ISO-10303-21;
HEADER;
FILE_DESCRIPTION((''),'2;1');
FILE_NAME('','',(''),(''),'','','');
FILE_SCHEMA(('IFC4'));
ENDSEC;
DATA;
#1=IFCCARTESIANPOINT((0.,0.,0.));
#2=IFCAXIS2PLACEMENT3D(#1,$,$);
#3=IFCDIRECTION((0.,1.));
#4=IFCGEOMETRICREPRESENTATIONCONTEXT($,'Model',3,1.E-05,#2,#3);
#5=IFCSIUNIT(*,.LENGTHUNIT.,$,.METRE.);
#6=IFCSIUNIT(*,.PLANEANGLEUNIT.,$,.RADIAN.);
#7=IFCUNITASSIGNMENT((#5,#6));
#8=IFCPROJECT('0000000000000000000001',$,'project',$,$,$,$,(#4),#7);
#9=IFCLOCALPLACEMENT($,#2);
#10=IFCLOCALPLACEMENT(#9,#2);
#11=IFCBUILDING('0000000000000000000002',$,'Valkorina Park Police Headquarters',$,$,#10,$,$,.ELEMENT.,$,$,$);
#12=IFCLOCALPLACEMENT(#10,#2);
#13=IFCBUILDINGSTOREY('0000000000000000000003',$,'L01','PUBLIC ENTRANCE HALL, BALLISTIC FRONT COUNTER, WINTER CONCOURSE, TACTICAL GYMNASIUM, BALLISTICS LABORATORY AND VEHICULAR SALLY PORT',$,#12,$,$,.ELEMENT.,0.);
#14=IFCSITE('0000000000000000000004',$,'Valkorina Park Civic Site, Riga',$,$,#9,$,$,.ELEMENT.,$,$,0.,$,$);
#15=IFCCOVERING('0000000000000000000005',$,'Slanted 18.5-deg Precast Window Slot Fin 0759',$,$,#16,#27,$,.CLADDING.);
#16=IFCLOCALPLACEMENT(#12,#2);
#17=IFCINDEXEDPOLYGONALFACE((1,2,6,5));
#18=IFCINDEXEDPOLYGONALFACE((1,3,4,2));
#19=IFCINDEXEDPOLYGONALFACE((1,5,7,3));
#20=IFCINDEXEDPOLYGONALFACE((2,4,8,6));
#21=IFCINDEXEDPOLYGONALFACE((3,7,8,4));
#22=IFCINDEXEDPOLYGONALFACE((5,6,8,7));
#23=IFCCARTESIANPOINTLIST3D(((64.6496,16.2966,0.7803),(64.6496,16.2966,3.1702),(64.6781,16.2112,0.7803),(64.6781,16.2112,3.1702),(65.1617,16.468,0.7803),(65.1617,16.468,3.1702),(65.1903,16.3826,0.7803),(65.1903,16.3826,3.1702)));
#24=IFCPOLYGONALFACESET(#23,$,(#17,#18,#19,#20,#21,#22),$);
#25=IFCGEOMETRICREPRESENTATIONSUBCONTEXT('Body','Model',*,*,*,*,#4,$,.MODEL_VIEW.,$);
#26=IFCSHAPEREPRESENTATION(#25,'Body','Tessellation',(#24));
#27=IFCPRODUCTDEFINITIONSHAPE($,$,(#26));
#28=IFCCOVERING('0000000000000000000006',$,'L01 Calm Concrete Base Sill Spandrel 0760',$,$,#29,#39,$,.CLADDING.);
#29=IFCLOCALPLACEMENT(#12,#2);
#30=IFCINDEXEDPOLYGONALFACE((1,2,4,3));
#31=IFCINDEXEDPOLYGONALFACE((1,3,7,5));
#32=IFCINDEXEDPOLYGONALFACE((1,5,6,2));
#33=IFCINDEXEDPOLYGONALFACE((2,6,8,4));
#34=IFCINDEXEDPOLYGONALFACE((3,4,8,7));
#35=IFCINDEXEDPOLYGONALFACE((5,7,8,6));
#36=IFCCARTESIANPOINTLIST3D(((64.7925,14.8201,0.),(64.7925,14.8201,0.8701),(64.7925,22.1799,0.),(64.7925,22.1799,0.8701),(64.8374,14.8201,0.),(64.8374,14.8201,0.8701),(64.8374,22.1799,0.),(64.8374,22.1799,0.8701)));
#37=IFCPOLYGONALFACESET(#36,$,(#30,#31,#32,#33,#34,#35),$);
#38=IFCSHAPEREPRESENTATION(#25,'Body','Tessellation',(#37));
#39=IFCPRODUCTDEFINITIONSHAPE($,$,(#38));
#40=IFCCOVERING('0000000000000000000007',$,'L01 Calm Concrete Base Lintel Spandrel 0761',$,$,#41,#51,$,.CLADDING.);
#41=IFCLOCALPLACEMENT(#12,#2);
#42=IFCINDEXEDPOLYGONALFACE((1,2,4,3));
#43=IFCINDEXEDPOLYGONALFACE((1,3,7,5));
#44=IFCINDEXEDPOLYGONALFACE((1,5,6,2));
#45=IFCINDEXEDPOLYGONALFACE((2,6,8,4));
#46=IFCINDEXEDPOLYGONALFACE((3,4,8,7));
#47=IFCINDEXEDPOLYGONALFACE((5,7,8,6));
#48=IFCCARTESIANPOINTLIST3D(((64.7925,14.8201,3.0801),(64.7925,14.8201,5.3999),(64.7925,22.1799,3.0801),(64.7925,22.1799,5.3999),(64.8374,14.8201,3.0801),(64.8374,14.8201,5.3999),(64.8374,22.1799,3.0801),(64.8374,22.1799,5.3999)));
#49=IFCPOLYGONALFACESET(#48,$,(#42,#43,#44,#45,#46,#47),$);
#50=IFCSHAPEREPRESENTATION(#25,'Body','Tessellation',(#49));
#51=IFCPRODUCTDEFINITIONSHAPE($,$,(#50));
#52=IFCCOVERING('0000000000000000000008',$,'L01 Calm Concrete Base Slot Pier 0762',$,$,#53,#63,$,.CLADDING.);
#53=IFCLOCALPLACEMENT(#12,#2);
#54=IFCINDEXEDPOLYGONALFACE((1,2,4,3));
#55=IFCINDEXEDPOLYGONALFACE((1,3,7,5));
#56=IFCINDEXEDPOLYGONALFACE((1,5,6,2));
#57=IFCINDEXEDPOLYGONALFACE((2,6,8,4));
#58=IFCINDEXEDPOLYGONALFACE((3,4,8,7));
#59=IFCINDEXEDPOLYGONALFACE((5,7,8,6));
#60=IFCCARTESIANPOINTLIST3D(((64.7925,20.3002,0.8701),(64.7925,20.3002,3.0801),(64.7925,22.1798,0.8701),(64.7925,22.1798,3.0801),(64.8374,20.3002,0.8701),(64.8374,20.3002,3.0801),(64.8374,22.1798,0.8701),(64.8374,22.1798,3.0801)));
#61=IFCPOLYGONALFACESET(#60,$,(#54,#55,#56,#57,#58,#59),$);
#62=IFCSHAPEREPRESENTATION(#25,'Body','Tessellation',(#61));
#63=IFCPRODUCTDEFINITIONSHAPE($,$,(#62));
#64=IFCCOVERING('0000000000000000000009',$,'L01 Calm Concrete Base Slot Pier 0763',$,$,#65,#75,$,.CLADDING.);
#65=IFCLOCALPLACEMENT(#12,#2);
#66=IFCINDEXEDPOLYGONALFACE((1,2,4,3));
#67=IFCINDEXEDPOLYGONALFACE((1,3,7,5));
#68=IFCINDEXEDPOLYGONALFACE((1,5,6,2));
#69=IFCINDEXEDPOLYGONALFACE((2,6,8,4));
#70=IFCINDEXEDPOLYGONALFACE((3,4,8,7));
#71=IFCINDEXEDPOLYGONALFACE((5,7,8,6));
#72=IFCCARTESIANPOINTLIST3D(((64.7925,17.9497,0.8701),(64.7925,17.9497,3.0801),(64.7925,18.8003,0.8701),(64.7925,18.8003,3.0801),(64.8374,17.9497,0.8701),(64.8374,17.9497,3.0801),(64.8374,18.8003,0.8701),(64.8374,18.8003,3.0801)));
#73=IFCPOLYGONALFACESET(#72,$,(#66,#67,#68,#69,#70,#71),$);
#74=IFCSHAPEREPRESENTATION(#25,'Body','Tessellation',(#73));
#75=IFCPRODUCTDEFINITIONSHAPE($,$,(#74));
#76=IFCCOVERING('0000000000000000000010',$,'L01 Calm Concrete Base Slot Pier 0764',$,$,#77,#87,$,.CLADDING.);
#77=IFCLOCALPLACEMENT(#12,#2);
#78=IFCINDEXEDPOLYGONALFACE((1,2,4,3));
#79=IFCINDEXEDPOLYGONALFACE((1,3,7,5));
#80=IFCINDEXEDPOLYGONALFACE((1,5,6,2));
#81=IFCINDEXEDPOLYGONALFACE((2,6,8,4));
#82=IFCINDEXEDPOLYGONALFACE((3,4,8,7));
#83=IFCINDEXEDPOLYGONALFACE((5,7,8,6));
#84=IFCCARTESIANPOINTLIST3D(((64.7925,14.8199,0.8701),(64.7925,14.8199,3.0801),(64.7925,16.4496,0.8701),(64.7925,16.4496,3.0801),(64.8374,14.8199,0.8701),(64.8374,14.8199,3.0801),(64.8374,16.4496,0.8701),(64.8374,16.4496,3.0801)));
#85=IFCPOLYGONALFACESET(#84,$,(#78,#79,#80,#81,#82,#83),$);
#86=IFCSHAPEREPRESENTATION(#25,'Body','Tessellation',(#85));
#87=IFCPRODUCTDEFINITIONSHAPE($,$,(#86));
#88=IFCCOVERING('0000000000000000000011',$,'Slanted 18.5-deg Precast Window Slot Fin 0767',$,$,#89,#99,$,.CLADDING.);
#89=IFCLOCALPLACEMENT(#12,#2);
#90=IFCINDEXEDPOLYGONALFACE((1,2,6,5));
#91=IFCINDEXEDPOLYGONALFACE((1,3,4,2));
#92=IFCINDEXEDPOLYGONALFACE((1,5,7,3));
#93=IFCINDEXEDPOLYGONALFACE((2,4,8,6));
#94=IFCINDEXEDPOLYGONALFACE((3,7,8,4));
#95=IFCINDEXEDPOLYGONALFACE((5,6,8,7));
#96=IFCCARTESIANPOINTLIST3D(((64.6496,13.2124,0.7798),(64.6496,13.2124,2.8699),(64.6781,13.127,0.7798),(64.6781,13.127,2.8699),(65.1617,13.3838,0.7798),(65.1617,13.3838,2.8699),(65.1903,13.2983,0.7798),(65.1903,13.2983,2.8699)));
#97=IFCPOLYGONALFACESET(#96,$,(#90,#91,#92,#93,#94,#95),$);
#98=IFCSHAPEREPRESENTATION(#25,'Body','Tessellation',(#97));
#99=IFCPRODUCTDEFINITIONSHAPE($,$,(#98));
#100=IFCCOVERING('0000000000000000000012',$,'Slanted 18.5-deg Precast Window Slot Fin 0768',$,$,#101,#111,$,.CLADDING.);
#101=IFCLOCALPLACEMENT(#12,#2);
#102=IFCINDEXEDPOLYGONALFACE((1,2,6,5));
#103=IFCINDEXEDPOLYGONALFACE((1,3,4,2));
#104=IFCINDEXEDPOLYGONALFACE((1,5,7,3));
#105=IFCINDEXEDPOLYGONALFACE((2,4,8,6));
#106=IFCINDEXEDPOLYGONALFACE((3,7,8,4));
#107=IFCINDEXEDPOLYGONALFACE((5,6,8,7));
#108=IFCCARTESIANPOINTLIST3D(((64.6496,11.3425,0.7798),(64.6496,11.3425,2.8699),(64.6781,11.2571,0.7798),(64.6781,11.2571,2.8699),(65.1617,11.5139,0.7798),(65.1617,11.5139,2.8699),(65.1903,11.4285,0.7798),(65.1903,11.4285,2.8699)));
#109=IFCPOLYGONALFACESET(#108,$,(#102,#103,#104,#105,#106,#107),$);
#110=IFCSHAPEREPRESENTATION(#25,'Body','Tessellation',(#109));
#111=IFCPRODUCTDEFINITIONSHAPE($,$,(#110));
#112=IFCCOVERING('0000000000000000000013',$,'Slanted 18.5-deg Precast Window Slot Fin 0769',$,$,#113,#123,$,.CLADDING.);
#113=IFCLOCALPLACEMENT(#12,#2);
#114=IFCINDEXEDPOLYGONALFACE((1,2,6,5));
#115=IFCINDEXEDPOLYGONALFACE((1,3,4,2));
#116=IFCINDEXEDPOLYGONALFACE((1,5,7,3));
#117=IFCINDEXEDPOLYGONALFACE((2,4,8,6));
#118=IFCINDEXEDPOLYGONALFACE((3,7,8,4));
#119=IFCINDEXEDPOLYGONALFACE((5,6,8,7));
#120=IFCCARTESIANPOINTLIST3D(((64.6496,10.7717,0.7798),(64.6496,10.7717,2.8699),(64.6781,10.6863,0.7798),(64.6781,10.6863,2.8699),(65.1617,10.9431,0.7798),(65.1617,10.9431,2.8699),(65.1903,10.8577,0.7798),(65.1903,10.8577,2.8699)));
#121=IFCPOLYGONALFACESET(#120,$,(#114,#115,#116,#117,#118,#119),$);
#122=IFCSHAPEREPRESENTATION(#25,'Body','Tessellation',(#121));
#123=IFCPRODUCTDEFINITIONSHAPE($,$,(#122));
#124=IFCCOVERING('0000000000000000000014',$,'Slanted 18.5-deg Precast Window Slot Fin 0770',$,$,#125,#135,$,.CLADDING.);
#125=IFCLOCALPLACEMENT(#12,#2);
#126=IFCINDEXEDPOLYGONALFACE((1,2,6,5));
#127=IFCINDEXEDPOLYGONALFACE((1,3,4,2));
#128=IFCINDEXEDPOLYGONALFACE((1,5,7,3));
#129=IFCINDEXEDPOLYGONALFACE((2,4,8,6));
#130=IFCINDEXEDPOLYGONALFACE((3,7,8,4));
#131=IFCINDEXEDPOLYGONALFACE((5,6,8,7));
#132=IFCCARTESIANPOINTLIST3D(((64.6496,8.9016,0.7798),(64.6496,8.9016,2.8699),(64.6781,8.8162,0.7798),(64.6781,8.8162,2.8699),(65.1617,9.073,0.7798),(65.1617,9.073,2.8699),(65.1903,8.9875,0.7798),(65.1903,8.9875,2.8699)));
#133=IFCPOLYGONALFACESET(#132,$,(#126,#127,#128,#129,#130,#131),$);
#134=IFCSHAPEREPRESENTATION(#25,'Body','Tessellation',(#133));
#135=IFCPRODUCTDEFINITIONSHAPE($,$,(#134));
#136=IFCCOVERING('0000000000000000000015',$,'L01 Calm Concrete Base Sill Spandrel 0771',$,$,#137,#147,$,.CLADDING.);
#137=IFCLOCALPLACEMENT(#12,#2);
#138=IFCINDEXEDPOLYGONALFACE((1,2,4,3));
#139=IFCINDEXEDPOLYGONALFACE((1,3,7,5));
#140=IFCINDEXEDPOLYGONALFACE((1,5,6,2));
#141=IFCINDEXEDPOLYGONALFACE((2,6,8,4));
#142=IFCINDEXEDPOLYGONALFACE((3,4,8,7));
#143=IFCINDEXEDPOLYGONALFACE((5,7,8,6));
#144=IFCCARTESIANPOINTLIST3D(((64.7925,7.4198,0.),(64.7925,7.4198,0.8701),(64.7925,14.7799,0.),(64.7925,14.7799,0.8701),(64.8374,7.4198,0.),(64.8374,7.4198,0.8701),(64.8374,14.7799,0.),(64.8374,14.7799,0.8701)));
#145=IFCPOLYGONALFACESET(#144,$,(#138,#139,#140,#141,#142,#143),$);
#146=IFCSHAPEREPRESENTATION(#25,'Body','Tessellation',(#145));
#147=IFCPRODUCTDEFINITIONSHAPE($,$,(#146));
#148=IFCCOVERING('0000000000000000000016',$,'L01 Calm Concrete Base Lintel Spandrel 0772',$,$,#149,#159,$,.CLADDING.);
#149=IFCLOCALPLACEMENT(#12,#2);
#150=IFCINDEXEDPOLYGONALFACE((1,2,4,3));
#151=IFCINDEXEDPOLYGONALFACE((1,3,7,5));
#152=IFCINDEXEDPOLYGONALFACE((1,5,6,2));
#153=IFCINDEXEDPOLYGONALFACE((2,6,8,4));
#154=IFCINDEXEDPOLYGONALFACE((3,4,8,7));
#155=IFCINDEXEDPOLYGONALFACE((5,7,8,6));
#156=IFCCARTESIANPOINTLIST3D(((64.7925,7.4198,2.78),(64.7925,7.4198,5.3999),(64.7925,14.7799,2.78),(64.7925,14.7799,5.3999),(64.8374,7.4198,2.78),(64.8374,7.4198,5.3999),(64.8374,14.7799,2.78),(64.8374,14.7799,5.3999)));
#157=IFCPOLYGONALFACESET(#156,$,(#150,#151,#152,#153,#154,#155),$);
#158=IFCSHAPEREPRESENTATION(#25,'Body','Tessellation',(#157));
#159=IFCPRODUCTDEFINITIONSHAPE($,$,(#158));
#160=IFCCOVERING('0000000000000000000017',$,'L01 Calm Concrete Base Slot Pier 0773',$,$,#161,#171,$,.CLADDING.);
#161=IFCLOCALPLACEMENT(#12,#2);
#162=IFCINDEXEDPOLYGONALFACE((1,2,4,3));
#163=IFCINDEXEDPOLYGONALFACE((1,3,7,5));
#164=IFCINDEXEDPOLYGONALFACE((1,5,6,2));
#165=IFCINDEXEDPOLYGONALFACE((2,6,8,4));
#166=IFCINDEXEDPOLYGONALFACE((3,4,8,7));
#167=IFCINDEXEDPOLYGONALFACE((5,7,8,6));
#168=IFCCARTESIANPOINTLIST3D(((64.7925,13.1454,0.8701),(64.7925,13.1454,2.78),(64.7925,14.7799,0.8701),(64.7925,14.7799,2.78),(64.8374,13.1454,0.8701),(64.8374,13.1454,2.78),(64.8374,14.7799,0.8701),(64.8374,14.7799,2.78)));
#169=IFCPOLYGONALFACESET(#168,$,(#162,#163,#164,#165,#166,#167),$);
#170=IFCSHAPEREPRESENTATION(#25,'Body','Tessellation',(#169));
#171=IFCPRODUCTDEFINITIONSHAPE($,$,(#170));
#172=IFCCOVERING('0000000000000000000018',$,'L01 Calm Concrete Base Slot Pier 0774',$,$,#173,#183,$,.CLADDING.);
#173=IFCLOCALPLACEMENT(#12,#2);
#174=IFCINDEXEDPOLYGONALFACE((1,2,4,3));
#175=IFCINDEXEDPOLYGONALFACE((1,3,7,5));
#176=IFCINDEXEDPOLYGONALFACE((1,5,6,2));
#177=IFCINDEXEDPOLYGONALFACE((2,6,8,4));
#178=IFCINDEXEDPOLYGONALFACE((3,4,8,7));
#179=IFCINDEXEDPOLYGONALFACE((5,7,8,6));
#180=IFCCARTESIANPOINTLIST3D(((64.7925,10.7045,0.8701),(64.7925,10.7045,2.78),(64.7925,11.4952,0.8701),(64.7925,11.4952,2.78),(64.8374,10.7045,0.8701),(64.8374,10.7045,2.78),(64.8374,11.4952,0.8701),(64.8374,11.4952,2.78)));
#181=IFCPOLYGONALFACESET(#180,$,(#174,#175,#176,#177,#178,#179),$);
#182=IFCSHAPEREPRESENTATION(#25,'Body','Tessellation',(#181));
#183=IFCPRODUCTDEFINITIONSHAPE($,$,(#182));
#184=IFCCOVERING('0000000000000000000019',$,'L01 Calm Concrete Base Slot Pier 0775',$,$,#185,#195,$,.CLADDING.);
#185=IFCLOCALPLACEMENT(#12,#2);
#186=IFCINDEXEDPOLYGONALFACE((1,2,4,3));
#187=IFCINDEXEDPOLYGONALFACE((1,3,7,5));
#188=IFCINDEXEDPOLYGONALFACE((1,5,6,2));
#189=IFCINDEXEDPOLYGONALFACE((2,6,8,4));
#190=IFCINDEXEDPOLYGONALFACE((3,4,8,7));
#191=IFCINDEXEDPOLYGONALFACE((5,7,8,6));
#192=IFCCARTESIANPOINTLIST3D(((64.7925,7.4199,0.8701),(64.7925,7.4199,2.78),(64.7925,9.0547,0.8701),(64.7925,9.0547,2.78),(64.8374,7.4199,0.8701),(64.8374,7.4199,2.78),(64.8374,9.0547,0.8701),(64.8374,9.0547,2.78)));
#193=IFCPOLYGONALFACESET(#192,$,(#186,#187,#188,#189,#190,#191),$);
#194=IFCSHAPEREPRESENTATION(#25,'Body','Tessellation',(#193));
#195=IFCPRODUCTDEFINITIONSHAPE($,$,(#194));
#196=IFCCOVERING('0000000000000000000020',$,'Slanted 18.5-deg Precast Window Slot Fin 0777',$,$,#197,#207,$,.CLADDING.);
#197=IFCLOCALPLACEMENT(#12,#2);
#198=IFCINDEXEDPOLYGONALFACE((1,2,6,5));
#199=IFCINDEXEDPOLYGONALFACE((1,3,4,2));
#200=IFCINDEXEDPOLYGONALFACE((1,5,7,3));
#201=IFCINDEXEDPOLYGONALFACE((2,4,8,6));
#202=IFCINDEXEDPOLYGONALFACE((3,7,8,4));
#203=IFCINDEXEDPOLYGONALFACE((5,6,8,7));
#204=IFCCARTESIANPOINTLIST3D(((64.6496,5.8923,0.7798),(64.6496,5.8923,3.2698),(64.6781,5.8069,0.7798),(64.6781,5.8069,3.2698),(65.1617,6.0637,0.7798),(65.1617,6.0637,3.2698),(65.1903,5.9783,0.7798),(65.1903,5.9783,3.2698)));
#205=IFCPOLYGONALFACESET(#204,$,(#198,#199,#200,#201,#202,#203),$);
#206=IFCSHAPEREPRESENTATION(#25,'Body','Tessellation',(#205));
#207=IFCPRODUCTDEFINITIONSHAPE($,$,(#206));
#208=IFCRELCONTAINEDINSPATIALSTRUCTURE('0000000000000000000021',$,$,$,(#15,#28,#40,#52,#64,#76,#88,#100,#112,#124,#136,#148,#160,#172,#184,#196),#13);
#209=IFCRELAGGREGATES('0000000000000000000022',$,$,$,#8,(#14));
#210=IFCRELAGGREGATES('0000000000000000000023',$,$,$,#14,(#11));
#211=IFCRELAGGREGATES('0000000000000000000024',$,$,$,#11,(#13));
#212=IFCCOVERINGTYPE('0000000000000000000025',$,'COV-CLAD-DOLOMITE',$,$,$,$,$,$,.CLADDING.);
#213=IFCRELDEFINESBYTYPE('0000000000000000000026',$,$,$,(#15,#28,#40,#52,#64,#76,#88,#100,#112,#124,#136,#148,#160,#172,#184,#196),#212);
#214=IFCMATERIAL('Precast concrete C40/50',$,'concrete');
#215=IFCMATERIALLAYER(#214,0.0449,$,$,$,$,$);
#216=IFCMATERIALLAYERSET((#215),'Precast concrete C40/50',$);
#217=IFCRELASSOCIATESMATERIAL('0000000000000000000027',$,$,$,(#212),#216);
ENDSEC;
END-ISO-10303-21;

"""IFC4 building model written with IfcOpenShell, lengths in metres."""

from ifc_helpers import new_model, si_unit, direction, frame, frame_2d, origin, origin_2d, place, context, subcontext, project, spatial, rectangle, extrude, material, layer, layer_set, type_object, element, save


model = new_model("IFC4")

# Units and contexts
model_context = context("Model", 3, precision=1e-05, world=origin(), true_north=direction((0.0, 1.0)))
body_context = subcontext(model_context, "Body", "Model", "MODEL_VIEW")
ifc_project = project(units=[si_unit("LENGTHUNIT", "METRE"), si_unit("PLANEANGLEUNIT", "RADIAN")], contexts=[model_context])

# Site, building, storey
site_placement = place(None, origin())
site = spatial("IfcSite", under=ifc_project, at=site_placement, Name="Valkorina Park Civic Site, Riga", CompositionType="ELEMENT", RefElevation=0.0)
building_placement = place(site_placement, origin())
building = spatial("IfcBuilding", under=site, at=building_placement, Name="Valkorina Park Police Headquarters", CompositionType="ELEMENT")
storey_placement = place(building_placement, origin())
storey = spatial("IfcBuildingStorey", under=building, at=storey_placement, Name="L01", Description="PUBLIC ENTRANCE HALL, BALLISTIC FRONT COUNTER, WINTER CONCOURSE, TACTICAL GYMNASIUM, BALLISTICS LABORATORY AND VEHICULAR SALLY PORT", CompositionType="ELEMENT", Elevation=0.0)

# Coverings
ifc_material_1 = material(Name="Precast concrete C40/50", Category="concrete")
ifc_layer_1 = layer(ifc_material_1, 0.0449)
ifc_layer_set_1 = layer_set([ifc_layer_1], Name="Precast concrete C40/50")
covering_type = type_object("IfcCoveringType", Name="COV-CLAD-DOLOMITE", PredefinedType="CLADDING", material=ifc_layer_set_1)
for number, where, z_axis, x_axis, name in (
    (1, (64.9199, 16.3396, 0.7803), (0.0, 0.0, 1.0), (0.948324, 0.317305, 0.0), "Slanted 18.5-deg Precast Window Slot Fin 0759"),
):
    element("IfcCovering", number, at=place(storey_placement, frame(where, z_axis=z_axis, x_axis=x_axis)), inside=storey, type_object=covering_type, Name=name, PredefinedType="CLADDING", context=body_context, shape_type="SweptSolid", body=[
        extrude(rectangle(XDim=0.54, YDim=0.0901, at=origin_2d()), origin(), (0.0, 0.0, 1.0), 2.3899),
    ])
covering_1_placement = place(storey_placement, frame((64.8149, 22.1799, 0.0), z_axis=(0.0, 0.0, 1.0), x_axis=(0.0, -1.0, 0.0)))
element("IfcCovering", 2, at=covering_1_placement, inside=storey, type_object=covering_type, Name="L01 Calm Concrete Base Sill Spandrel 0760", PredefinedType="CLADDING", context=body_context, shape_type="SweptSolid", body=[
    extrude(rectangle(XDim=7.3599, YDim=0.0449, at=frame_2d((3.6799, 0.0))), origin(), (0.0, 0.0, 1.0), 0.8701),
])
covering_2_placement = place(storey_placement, frame((64.8149, 22.1799, 3.0801), z_axis=(0.0, 0.0, 1.0), x_axis=(0.0, -1.0, 0.0)))
element("IfcCovering", 3, at=covering_2_placement, inside=storey, type_object=covering_type, Name="L01 Calm Concrete Base Lintel Spandrel 0761", PredefinedType="CLADDING", context=body_context, shape_type="SweptSolid", body=[
    extrude(rectangle(XDim=7.3599, YDim=0.0449, at=frame_2d((3.6799, 0.0))), origin(), (0.0, 0.0, 1.0), 2.3198),
])
covering_3_placement = place(storey_placement, frame((64.8149, 22.1799, 0.8701), z_axis=(0.0, 0.0, 1.0), x_axis=(0.0, -1.0, 0.0)))
element("IfcCovering", 4, at=covering_3_placement, inside=storey, type_object=covering_type, Name="L01 Calm Concrete Base Slot Pier 0762", PredefinedType="CLADDING", context=body_context, shape_type="SweptSolid", body=[
    extrude(rectangle(XDim=1.8796, YDim=0.0449, at=frame_2d((0.9399, 0.0))), origin(), (0.0, 0.0, 1.0), 2.21),
])
covering_4_placement = place(storey_placement, frame((64.8149, 18.8003, 0.8701), z_axis=(0.0, 0.0, 1.0), x_axis=(0.0, -1.0, 0.0)))
element("IfcCovering", 5, at=covering_4_placement, inside=storey, type_object=covering_type, Name="L01 Calm Concrete Base Slot Pier 0763", PredefinedType="CLADDING", context=body_context, shape_type="SweptSolid", body=[
    extrude(rectangle(XDim=0.8506, YDim=0.0449, at=frame_2d((0.4253, 0.0))), origin(), (0.0, 0.0, 1.0), 2.21),
])
covering_5_placement = place(storey_placement, frame((64.8149, 16.4497, 0.8701), z_axis=(0.0, 0.0, 1.0), x_axis=(0.0, -1.0, 0.0)))
element("IfcCovering", 6, at=covering_5_placement, inside=storey, type_object=covering_type, Name="L01 Calm Concrete Base Slot Pier 0764", PredefinedType="CLADDING", context=body_context, shape_type="SweptSolid", body=[
    extrude(rectangle(XDim=1.6296, YDim=0.0449, at=frame_2d((0.8149, 0.0))), origin(), (0.0, 0.0, 1.0), 2.21),
])
for number, where, z_axis, x_axis, name in (
    (7, (64.9199, 13.2554, 0.7798), (0.0, 0.0, 1.0), (0.948324, 0.317305, 0.0), "Slanted 18.5-deg Precast Window Slot Fin 0767"),
    (8, (64.9199, 11.3855, 0.7798), (0.0, 0.0, 1.0), (0.948324, 0.317305, 0.0), "Slanted 18.5-deg Precast Window Slot Fin 0768"),
    (9, (64.9199, 10.8147, 0.7798), (0.0, 0.0, 1.0), (0.948324, 0.317305, 0.0), "Slanted 18.5-deg Precast Window Slot Fin 0769"),
    (10, (64.9199, 8.9446, 0.7798), (0.0, 0.0, 1.0), (0.948324, 0.317305, 0.0), "Slanted 18.5-deg Precast Window Slot Fin 0770"),
):
    element("IfcCovering", number, at=place(storey_placement, frame(where, z_axis=z_axis, x_axis=x_axis)), inside=storey, type_object=covering_type, Name=name, PredefinedType="CLADDING", context=body_context, shape_type="SweptSolid", body=[
        extrude(rectangle(XDim=0.54, YDim=0.0901, at=origin_2d()), origin(), (0.0, 0.0, 1.0), 2.0901),
    ])
covering_6_placement = place(storey_placement, frame((64.8149, 14.78, 0.0), z_axis=(0.0, 0.0, 1.0), x_axis=(0.0, -1.0, 0.0)))
element("IfcCovering", 11, at=covering_6_placement, inside=storey, type_object=covering_type, Name="L01 Calm Concrete Base Sill Spandrel 0771", PredefinedType="CLADDING", context=body_context, shape_type="SweptSolid", body=[
    extrude(rectangle(XDim=7.3601, YDim=0.0449, at=frame_2d((3.6802, 0.0))), origin(), (0.0, 0.0, 1.0), 0.8701),
])
covering_7_placement = place(storey_placement, frame((64.8149, 14.78, 2.78), z_axis=(0.0, 0.0, 1.0), x_axis=(0.0, -1.0, 0.0)))
element("IfcCovering", 12, at=covering_7_placement, inside=storey, type_object=covering_type, Name="L01 Calm Concrete Base Lintel Spandrel 0772", PredefinedType="CLADDING", context=body_context, shape_type="SweptSolid", body=[
    extrude(rectangle(XDim=7.3601, YDim=0.0449, at=frame_2d((3.6802, 0.0))), origin(), (0.0, 0.0, 1.0), 2.6199),
])
covering_8_placement = place(storey_placement, frame((64.8149, 14.78, 0.8701), z_axis=(0.0, 0.0, 1.0), x_axis=(0.0, -1.0, 0.0)))
element("IfcCovering", 13, at=covering_8_placement, inside=storey, type_object=covering_type, Name="L01 Calm Concrete Base Slot Pier 0773", PredefinedType="CLADDING", context=body_context, shape_type="SweptSolid", body=[
    extrude(rectangle(XDim=1.6345, YDim=0.0449, at=frame_2d((0.8174, 0.0))), origin(), (0.0, 0.0, 1.0), 1.9099),
])
covering_9_placement = place(storey_placement, frame((64.8149, 11.4954, 0.8701), z_axis=(0.0, 0.0, 1.0), x_axis=(0.0, -1.0, 0.0)))
element("IfcCovering", 14, at=covering_9_placement, inside=storey, type_object=covering_type, Name="L01 Calm Concrete Base Slot Pier 0774", PredefinedType="CLADDING", context=body_context, shape_type="SweptSolid", body=[
    extrude(rectangle(XDim=0.7908, YDim=0.0449, at=frame_2d((0.3955, 0.0))), origin(), (0.0, 0.0, 1.0), 1.9099),
])
covering_10_placement = place(storey_placement, frame((64.8149, 9.0547, 0.8701), z_axis=(0.0, 0.0, 1.0), x_axis=(0.0, -1.0, 0.0)))
element("IfcCovering", 15, at=covering_10_placement, inside=storey, type_object=covering_type, Name="L01 Calm Concrete Base Slot Pier 0775", PredefinedType="CLADDING", context=body_context, shape_type="SweptSolid", body=[
    extrude(rectangle(XDim=1.6348, YDim=0.0449, at=frame_2d((0.8174, 0.0))), origin(), (0.0, 0.0, 1.0), 1.9099),
])
for number, where, z_axis, x_axis, name in (
    (16, (64.9199, 5.9353, 0.7798), (0.0, 0.0, 1.0), (0.948324, 0.317305, 0.0), "Slanted 18.5-deg Precast Window Slot Fin 0777"),
):
    element("IfcCovering", number, at=place(storey_placement, frame(where, z_axis=z_axis, x_axis=x_axis)), inside=storey, type_object=covering_type, Name=name, PredefinedType="CLADDING", context=body_context, shape_type="SweptSolid", body=[
        extrude(rectangle(XDim=0.54, YDim=0.0901, at=origin_2d()), origin(), (0.0, 0.0, 1.0), 2.49),
    ])

save(model, "model.ifc")
